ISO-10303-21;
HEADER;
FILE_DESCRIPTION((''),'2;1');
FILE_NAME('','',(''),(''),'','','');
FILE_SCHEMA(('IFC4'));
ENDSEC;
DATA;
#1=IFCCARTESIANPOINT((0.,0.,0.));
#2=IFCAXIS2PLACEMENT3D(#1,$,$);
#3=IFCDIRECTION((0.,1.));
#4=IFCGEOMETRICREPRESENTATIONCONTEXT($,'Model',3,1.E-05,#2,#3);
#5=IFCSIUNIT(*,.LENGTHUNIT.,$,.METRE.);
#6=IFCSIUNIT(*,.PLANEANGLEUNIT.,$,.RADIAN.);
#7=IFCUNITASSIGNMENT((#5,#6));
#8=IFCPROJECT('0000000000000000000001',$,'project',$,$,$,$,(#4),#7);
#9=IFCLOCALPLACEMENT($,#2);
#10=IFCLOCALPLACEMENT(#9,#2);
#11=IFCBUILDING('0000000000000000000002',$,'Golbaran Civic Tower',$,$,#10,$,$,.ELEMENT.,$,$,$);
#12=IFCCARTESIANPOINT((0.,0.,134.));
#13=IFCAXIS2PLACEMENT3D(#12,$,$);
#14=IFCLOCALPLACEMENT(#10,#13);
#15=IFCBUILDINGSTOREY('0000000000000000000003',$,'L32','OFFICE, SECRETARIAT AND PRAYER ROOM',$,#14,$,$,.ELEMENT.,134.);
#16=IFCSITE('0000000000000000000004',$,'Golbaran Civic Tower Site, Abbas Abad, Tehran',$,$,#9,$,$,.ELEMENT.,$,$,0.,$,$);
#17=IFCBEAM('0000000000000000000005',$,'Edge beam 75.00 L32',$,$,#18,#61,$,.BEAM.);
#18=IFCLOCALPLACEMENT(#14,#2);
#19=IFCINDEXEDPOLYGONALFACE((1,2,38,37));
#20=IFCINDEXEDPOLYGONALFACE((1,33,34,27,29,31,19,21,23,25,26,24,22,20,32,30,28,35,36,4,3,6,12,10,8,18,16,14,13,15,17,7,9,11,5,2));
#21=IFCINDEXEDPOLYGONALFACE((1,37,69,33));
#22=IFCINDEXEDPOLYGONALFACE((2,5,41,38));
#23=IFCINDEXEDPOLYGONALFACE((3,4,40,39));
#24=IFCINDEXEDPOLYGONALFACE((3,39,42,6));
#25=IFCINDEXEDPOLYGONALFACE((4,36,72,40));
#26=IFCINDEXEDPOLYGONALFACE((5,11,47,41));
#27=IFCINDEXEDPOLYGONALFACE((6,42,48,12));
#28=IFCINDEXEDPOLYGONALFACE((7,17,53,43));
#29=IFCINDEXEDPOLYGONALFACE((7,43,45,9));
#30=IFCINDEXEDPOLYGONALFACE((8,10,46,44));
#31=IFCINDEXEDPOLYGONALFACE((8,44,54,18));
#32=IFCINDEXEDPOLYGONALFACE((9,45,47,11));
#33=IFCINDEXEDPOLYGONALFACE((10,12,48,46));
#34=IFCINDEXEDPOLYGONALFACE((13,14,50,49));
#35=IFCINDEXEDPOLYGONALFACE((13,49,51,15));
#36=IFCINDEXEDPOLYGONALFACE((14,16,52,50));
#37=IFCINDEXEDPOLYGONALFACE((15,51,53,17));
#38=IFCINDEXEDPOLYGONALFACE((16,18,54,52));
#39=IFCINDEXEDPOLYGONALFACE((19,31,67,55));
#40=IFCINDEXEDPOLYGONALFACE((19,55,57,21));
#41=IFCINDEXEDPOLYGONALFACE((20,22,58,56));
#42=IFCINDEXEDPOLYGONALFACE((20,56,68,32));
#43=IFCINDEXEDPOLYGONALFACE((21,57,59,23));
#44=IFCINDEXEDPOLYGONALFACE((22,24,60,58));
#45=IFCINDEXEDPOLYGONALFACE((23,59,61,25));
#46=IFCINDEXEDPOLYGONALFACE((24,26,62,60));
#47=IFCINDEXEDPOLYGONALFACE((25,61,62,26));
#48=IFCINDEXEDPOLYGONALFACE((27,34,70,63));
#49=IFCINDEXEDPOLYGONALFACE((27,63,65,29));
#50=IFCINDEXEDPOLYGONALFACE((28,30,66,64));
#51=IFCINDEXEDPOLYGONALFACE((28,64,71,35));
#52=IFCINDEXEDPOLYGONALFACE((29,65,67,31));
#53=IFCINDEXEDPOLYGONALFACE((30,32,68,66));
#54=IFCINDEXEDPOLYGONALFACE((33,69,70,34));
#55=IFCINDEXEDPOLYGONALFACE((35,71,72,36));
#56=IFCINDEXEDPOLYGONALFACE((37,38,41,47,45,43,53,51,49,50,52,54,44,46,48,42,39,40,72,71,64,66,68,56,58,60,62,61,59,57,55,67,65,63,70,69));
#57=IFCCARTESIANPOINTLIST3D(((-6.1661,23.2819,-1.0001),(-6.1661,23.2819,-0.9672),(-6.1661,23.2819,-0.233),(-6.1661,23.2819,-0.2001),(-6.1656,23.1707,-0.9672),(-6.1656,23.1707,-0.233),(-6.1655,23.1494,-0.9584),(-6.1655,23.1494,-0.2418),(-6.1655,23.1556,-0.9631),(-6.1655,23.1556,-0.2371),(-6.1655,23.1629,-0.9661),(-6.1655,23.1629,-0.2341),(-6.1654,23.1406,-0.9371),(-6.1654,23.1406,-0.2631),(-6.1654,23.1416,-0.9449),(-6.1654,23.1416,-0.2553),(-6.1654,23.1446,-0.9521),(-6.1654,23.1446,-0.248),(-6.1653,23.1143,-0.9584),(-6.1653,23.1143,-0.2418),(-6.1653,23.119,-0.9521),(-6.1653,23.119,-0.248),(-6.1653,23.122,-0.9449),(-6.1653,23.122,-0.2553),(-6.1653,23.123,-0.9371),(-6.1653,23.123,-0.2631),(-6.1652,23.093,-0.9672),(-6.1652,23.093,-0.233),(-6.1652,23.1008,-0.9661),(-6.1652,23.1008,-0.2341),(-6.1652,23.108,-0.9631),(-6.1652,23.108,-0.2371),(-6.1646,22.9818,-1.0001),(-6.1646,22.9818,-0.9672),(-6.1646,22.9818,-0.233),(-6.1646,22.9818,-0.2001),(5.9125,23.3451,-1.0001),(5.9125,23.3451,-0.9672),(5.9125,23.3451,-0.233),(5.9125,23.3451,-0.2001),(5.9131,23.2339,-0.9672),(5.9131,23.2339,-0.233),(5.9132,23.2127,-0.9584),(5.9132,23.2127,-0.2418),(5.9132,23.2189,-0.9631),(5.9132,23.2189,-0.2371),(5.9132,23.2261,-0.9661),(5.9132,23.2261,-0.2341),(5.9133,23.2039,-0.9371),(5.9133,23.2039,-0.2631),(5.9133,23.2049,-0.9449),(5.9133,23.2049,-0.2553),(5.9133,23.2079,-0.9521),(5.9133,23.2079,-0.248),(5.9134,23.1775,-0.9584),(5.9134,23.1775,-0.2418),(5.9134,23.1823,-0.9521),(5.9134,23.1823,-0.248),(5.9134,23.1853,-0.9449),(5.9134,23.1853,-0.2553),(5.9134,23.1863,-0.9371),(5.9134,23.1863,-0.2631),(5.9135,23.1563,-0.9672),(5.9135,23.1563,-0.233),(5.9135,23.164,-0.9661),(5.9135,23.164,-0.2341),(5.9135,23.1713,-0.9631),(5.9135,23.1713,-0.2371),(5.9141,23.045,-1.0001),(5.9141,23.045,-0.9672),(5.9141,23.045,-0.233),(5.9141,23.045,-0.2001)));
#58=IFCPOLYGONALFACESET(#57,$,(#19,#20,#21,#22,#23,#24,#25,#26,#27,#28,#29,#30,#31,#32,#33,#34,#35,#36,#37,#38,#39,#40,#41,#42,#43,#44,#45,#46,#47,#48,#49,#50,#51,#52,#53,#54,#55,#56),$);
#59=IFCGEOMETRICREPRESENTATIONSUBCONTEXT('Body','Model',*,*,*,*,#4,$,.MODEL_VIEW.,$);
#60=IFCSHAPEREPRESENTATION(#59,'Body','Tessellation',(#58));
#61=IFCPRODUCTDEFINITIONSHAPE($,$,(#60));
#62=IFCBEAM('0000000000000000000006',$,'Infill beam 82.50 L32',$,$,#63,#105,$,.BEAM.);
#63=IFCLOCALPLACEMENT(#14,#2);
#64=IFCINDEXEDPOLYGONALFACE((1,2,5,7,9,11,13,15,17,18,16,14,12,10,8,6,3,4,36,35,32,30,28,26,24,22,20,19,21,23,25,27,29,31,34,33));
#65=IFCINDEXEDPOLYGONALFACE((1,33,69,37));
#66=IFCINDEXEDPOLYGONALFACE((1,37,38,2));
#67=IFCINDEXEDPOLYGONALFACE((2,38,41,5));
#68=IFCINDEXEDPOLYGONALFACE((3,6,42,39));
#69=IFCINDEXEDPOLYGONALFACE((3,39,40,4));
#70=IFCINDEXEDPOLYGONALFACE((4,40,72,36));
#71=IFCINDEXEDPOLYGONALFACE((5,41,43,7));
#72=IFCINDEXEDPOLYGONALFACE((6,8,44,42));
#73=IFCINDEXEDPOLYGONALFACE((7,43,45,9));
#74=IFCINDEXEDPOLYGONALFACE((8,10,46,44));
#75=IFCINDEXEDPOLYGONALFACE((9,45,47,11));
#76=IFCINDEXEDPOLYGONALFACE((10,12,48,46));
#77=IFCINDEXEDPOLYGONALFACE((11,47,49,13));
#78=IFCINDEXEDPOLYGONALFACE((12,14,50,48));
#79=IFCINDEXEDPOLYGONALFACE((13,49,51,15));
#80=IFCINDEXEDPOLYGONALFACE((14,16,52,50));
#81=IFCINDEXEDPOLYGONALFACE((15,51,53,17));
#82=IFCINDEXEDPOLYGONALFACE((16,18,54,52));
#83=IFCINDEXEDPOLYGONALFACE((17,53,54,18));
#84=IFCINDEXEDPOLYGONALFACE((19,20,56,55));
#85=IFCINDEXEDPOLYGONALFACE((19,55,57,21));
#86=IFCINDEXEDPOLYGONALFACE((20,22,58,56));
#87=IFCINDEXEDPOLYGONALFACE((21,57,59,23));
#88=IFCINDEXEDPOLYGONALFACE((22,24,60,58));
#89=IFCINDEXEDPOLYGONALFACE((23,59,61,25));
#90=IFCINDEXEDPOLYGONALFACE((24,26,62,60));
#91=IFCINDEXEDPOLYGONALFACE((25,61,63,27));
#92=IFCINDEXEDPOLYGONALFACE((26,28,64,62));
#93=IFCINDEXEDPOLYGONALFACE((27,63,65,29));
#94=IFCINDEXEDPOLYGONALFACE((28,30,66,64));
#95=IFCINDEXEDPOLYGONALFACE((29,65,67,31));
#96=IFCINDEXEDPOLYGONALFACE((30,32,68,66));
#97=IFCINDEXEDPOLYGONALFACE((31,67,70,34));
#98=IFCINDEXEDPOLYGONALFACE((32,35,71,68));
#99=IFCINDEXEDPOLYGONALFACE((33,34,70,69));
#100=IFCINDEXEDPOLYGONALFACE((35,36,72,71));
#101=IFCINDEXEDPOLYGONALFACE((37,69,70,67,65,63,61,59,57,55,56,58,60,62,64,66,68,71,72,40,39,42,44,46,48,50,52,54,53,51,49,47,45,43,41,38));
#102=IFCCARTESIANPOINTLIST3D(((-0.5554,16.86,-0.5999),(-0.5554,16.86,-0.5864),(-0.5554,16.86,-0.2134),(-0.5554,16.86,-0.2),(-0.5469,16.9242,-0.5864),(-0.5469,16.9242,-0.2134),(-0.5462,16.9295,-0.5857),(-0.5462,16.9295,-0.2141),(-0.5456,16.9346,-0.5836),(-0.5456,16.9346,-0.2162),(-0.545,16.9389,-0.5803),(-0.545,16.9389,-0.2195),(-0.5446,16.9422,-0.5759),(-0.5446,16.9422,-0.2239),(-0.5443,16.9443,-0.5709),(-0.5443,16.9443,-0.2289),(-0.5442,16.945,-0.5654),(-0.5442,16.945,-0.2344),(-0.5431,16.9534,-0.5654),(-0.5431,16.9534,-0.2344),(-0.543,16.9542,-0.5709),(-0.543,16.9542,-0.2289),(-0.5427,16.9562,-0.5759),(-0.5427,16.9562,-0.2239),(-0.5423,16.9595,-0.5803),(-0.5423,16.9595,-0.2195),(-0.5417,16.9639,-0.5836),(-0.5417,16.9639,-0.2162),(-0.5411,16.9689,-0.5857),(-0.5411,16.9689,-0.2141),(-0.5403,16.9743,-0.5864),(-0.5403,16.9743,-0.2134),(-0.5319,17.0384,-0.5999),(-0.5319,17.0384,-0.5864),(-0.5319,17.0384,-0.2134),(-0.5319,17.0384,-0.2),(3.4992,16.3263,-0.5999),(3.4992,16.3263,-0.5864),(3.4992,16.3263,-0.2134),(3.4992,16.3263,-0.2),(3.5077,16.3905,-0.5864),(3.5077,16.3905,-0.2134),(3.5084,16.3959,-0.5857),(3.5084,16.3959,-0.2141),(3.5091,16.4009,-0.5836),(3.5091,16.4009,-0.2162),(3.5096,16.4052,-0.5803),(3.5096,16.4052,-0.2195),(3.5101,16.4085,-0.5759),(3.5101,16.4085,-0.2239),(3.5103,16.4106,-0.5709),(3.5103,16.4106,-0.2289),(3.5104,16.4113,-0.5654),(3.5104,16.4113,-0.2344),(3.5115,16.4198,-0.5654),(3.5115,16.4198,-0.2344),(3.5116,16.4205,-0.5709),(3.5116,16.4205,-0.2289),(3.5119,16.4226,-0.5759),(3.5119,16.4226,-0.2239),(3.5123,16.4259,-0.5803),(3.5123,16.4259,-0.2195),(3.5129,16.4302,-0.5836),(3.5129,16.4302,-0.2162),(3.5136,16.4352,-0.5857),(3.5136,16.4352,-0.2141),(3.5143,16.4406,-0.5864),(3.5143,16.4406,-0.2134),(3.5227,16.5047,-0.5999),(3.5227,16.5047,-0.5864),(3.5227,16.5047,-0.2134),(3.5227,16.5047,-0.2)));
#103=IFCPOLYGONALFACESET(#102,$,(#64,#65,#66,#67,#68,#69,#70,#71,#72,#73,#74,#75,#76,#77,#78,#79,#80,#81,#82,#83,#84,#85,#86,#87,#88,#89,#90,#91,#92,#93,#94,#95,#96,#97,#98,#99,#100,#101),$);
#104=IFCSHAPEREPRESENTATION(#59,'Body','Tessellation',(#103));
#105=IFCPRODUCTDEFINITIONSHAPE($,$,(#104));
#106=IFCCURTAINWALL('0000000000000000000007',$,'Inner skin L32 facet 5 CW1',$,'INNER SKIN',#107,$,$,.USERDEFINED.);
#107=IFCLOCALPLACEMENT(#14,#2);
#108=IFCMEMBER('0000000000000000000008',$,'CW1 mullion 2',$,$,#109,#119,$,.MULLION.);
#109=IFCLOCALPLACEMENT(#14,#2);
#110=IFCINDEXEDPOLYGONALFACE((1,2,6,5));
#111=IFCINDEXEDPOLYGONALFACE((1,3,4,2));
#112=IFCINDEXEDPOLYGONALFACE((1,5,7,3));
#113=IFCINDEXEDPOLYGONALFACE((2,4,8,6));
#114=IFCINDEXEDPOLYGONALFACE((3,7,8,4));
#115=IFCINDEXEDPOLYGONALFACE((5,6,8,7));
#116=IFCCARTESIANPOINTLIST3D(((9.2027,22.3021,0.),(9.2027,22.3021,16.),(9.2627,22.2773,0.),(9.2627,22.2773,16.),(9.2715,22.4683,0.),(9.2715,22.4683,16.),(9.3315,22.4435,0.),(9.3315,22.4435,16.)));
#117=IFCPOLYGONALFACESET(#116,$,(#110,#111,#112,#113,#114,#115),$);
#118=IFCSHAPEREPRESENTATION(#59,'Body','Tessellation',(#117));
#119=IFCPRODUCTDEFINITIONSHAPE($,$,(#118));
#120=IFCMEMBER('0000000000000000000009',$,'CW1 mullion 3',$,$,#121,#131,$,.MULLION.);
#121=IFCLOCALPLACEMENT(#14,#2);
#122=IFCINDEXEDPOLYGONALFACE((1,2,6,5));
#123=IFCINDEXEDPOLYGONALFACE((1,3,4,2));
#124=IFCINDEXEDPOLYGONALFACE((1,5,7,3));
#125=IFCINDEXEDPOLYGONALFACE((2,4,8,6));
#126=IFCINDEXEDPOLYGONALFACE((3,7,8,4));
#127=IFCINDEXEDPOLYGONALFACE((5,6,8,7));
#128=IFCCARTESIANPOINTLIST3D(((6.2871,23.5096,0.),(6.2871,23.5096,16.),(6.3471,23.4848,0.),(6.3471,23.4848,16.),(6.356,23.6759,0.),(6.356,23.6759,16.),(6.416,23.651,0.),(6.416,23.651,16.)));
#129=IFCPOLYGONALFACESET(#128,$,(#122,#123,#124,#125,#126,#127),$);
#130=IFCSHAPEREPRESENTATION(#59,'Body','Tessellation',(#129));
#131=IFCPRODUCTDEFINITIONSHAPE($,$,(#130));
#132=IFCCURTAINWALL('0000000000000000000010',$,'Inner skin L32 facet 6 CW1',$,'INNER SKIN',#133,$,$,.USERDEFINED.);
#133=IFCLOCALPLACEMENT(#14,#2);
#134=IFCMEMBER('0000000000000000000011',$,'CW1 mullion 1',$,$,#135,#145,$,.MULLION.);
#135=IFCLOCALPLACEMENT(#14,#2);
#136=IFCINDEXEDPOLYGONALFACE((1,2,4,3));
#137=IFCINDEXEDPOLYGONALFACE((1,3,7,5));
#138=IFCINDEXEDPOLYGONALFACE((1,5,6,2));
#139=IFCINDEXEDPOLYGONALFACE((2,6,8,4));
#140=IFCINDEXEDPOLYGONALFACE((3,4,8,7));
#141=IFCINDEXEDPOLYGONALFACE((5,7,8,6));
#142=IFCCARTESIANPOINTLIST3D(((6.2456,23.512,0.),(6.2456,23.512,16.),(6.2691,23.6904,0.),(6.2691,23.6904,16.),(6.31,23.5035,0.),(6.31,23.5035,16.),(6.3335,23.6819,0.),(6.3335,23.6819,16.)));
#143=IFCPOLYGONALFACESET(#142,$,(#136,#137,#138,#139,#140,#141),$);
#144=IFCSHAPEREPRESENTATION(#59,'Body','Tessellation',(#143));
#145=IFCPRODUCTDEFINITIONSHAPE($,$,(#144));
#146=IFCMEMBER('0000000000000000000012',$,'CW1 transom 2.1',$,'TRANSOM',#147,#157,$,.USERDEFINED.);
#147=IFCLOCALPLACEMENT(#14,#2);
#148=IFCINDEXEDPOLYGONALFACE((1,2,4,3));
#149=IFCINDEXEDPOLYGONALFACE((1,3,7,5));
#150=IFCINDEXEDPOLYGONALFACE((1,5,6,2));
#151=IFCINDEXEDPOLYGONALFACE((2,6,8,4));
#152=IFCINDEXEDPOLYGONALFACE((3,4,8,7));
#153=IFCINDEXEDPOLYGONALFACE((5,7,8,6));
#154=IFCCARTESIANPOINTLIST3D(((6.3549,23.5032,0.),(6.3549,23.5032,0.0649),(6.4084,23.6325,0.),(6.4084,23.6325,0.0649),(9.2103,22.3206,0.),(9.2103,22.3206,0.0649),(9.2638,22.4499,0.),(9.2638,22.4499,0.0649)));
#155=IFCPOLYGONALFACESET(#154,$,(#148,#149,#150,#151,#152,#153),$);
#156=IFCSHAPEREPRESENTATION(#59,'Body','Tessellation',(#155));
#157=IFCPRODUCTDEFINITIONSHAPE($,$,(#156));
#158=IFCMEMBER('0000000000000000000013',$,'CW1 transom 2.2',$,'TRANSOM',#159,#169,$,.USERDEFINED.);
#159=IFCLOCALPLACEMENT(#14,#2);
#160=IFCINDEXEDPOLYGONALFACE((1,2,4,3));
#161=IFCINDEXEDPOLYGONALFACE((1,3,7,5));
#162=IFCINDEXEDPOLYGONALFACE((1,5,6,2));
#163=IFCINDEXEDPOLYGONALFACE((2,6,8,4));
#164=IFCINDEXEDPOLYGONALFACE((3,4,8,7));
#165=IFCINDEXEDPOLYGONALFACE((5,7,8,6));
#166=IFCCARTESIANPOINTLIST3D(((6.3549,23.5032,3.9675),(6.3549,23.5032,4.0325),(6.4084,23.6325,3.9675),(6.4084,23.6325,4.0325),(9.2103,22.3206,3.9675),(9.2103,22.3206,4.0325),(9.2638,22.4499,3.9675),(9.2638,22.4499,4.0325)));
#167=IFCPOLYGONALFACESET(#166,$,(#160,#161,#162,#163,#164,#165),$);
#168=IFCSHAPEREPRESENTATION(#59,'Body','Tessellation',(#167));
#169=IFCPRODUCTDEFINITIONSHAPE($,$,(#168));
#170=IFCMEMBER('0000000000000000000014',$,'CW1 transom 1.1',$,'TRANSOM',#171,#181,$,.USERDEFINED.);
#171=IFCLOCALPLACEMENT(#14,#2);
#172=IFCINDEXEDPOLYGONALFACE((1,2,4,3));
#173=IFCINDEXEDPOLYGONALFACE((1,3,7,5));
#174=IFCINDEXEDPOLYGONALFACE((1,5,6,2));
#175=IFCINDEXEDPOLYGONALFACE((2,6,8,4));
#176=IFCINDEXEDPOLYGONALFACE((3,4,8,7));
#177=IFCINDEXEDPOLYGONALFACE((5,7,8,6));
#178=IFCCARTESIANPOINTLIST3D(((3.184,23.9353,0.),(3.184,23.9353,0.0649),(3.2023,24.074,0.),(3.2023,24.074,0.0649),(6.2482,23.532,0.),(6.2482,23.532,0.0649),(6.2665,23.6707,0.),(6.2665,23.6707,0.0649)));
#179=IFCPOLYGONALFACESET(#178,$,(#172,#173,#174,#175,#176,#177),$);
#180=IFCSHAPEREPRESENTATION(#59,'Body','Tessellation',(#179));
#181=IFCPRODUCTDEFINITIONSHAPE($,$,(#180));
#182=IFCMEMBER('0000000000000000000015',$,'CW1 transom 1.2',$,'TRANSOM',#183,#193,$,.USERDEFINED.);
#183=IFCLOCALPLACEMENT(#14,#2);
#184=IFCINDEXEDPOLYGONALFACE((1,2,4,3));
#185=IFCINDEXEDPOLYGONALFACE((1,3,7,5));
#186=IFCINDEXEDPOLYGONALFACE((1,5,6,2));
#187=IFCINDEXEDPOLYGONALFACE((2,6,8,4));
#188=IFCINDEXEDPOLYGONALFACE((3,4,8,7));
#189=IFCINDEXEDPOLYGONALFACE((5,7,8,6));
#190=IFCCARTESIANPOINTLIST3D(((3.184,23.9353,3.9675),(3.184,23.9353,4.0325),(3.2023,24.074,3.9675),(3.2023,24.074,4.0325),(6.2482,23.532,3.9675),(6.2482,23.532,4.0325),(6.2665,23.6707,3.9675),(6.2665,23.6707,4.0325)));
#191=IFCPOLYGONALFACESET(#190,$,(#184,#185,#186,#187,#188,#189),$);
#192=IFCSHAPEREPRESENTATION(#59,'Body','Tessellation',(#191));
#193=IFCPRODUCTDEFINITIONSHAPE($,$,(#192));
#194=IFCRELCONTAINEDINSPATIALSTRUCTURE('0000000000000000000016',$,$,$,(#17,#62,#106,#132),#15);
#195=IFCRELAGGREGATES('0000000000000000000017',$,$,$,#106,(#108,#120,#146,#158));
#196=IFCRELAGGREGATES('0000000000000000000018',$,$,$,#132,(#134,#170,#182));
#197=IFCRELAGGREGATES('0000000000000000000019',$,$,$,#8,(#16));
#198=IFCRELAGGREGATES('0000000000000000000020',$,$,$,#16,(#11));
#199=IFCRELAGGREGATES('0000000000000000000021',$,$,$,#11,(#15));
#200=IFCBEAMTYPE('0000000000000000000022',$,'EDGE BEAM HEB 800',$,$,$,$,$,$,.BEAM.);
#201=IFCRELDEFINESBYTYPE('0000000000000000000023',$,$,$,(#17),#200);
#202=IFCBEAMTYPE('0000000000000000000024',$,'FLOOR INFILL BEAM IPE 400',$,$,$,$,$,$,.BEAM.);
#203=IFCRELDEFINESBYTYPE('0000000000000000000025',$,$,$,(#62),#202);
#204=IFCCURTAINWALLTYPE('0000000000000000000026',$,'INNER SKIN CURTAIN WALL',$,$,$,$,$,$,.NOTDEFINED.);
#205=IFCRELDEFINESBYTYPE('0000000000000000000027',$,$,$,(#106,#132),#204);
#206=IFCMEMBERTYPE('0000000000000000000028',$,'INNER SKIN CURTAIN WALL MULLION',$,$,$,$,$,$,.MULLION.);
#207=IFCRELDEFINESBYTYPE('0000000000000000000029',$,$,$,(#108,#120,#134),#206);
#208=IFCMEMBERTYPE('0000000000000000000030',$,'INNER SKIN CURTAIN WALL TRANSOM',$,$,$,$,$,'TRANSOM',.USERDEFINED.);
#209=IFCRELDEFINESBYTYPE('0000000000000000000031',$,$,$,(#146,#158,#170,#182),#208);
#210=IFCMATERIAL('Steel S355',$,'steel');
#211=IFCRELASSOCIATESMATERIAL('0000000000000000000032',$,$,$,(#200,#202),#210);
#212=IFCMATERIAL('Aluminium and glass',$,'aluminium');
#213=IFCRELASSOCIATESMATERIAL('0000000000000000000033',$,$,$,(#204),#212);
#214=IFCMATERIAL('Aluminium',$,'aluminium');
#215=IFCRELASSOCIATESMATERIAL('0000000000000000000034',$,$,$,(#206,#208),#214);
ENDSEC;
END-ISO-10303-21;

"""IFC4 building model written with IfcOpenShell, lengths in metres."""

from ifc_helpers import new_model, si_unit, direction, frame, origin, origin_2d, place, context, subcontext, project, spatial, rectangle, i_section, extrude, material, material_profile, profile_set, type_object, element, aggregate, save


model = new_model("IFC4")

# Units and contexts
model_context = context("Model", 3, precision=1e-05, world=origin(), true_north=direction((0.0, 1.0)))
body_context = subcontext(model_context, "Body", "Model", "MODEL_VIEW")
ifc_project = project(units=[si_unit("LENGTHUNIT", "METRE"), si_unit("PLANEANGLEUNIT", "RADIAN")], contexts=[model_context])

# Site, building, storey
site_placement = place(None, origin())
site = spatial("IfcSite", under=ifc_project, at=site_placement, Name="Golbaran Civic Tower Site, Abbas Abad, Tehran", CompositionType="ELEMENT", RefElevation=0.0)
building_placement = place(site_placement, origin())
building = spatial("IfcBuilding", under=site, at=building_placement, Name="Golbaran Civic Tower", CompositionType="ELEMENT")
storey_placement = place(building_placement, frame((0.0, 0.0, 134.0)))
storey = spatial("IfcBuildingStorey", under=building, at=storey_placement, Name="L32", Description="OFFICE, SECRETARIAT AND PRAYER ROOM", CompositionType="ELEMENT", Elevation=134.0)

# Beams
ifc_material_1 = material(Name="Steel S355", Category="steel")
ifc_material_profile_1 = material_profile(ifc_material_1, i_section(OverallWidth=0.3, OverallDepth=0.8, WebThickness=0.0176, FlangeThickness=0.033, FilletRadius=0.03, at=origin_2d()), Name="HEB 800")
ifc_profile_set_1 = profile_set([ifc_material_profile_1], Name="Steel S355")
beam_type_1 = type_object("IfcBeamType", Name="EDGE BEAM HEB 800", PredefinedType="BEAM", material=ifc_profile_set_1)
beam_1_placement = place(storey_placement, frame((5.9133, 23.1951, -0.6001), z_axis=(-0.999986, -0.005235, 0.0), x_axis=(0.005235, -0.999986, 0.0)))
element("IfcBeam", 1, at=beam_1_placement, inside=storey, type_object=beam_type_1, Name="Edge beam 75.00 L32", PredefinedType="BEAM", context=body_context, shape_type="SweptSolid", body=[
    extrude(i_section(OverallWidth=0.3, OverallDepth=0.8, WebThickness=0.0176, FlangeThickness=0.033, FilletRadius=0.03, at=origin_2d()), origin(), (0.0, 0.0, 1.0), 12.0789),
])
ifc_material_profile_2 = material_profile(ifc_material_1, i_section(OverallWidth=0.1799, OverallDepth=0.3999, WebThickness=0.0085, FlangeThickness=0.0134, FilletRadius=0.021, at=origin_2d()), Name="IPE 400")
ifc_profile_set_2 = profile_set([ifc_material_profile_2], Name="Steel S355")
beam_type_2 = type_object("IfcBeamType", Name="FLOOR INFILL BEAM IPE 400", PredefinedType="BEAM", material=ifc_profile_set_2)
beam_2_placement = place(storey_placement, frame((3.511, 16.4155, -0.3999), z_axis=(-0.991449, 0.130498, 0.0), x_axis=(-0.130498, -0.991449, 0.0)))
element("IfcBeam", 2, at=beam_2_placement, inside=storey, type_object=beam_type_2, Name="Infill beam 82.50 L32", PredefinedType="BEAM", context=body_context, shape_type="SweptSolid", body=[
    extrude(i_section(OverallWidth=0.1799, OverallDepth=0.3999, WebThickness=0.0085, FlangeThickness=0.0134, FilletRadius=0.021, at=origin_2d()), origin(), (0.0, 0.0, 1.0), 4.0896),
])

# Curtain wall, members
ifc_material_2 = material(Name="Aluminium and glass", Category="aluminium")
curtain_wall_type = type_object("IfcCurtainWallType", Name="INNER SKIN CURTAIN WALL", PredefinedType="NOTDEFINED", material=ifc_material_2)
curtain_wall_1_placement = place(storey_placement, origin())
curtain_wall_1 = element("IfcCurtainWall", 3, at=curtain_wall_1_placement, inside=storey, type_object=curtain_wall_type, Name="Inner skin L32 facet 5 CW1", ObjectType="INNER SKIN", PredefinedType="USERDEFINED")
ifc_material_3 = material(Name="Aluminium", Category="aluminium")
ifc_material_profile_3 = material_profile(ifc_material_3, rectangle(XDim=0.1799, YDim=0.0649, at=origin_2d()), Name="INNER SKIN CURTAIN WALL MULLION")
ifc_profile_set_3 = profile_set([ifc_material_profile_3], Name="Aluminium")
member_type_1 = type_object("IfcMemberType", Name="INNER SKIN CURTAIN WALL MULLION", PredefinedType="MULLION", material=ifc_profile_set_3)
member_1_placement = place(storey_placement, frame((9.2671, 22.3728, 0.0), z_axis=(0.0, 0.0, 1.0), x_axis=(-0.382683, -0.92388, 0.0)))
member_1 = element("IfcMember", 4, at=member_1_placement, type_object=member_type_1, Name="CW1 mullion 2", PredefinedType="MULLION", context=body_context, shape_type="SweptSolid", body=[
    extrude(rectangle(XDim=0.1799, YDim=0.0649, at=origin_2d()), origin(), (0.0, 0.0, 1.0), 16.0),
])
member_2_placement = place(storey_placement, frame((6.3516, 23.5803, 0.0), z_axis=(0.0, 0.0, 1.0), x_axis=(-0.382683, -0.92388, 0.0)))
member_2 = element("IfcMember", 5, at=member_2_placement, type_object=member_type_1, Name="CW1 mullion 3", PredefinedType="MULLION", context=body_context, shape_type="SweptSolid", body=[
    extrude(rectangle(XDim=0.1799, YDim=0.0649, at=origin_2d()), origin(), (0.0, 0.0, 1.0), 16.0),
])

# Curtain wall, member
curtain_wall_2_placement = place(storey_placement, origin())
curtain_wall_2 = element("IfcCurtainWall", 6, at=curtain_wall_2_placement, inside=storey, type_object=curtain_wall_type, Name="Inner skin L32 facet 6 CW1", ObjectType="INNER SKIN", PredefinedType="USERDEFINED")
member_3_placement = place(storey_placement, frame((6.2896, 23.5969, 0.0), z_axis=(0.0, 0.0, 1.0), x_axis=(-0.130526, -0.991445, 0.0)))
member_3 = element("IfcMember", 7, at=member_3_placement, type_object=member_type_1, Name="CW1 mullion 1", PredefinedType="MULLION", context=body_context, shape_type="SweptSolid", body=[
    extrude(rectangle(XDim=0.1799, YDim=0.0649, at=origin_2d()), origin(), (0.0, 0.0, 1.0), 16.0),
])

# Members
ifc_material_profile_4 = material_profile(ifc_material_3, rectangle(XDim=0.1399, YDim=0.0649, at=origin_2d()), Name="INNER SKIN CURTAIN WALL TRANSOM")
ifc_profile_set_4 = profile_set([ifc_material_profile_4], Name="Aluminium")
member_type_2 = type_object("IfcMemberType", Name="INNER SKIN CURTAIN WALL TRANSOM", ElementType="TRANSOM", PredefinedType="USERDEFINED", material=ifc_profile_set_4)
member_4_placement = place(storey_placement, frame((9.2371, 22.3853, 0.0325), z_axis=(-0.923897, 0.38264, 0.0), x_axis=(-0.38264, -0.923897, 0.0)))
member_4 = element("IfcMember", 8, at=member_4_placement, type_object=member_type_2, Name="CW1 transom 2.1", ObjectType="TRANSOM", PredefinedType="USERDEFINED", context=body_context, shape_type="SweptSolid", body=[
    extrude(rectangle(XDim=0.1399, YDim=0.0649, at=origin_2d()), origin(), (0.0, 0.0, 1.0), 3.0906),
])
member_5_placement = place(storey_placement, frame((9.2371, 22.3853, 4.0), z_axis=(-0.923897, 0.38264, 0.0), x_axis=(-0.38264, -0.923897, 0.0)))
member_5 = element("IfcMember", 9, at=member_5_placement, type_object=member_type_2, Name="CW1 transom 2.2", ObjectType="TRANSOM", PredefinedType="USERDEFINED", context=body_context, shape_type="SweptSolid", body=[
    extrude(rectangle(XDim=0.1399, YDim=0.0649, at=origin_2d()), origin(), (0.0, 0.0, 1.0), 3.0906),
])
member_6_placement = place(storey_placement, frame((6.2573, 23.6013, 0.0325), z_axis=(-0.991449, 0.130497, 0.0), x_axis=(-0.130497, -0.991449, 0.0)))
member_6 = element("IfcMember", 10, at=member_6_placement, type_object=member_type_2, Name="CW1 transom 1.1", ObjectType="TRANSOM", PredefinedType="USERDEFINED", context=body_context, shape_type="SweptSolid", body=[
    extrude(rectangle(XDim=0.1399, YDim=0.0649, at=origin_2d()), origin(), (0.0, 0.0, 1.0), 3.0906),
])
member_7_placement = place(storey_placement, frame((6.2573, 23.6013, 4.0), z_axis=(-0.991449, 0.130497, 0.0), x_axis=(-0.130497, -0.991449, 0.0)))
member_7 = element("IfcMember", 11, at=member_7_placement, type_object=member_type_2, Name="CW1 transom 1.2", ObjectType="TRANSOM", PredefinedType="USERDEFINED", context=body_context, shape_type="SweptSolid", body=[
    extrude(rectangle(XDim=0.1399, YDim=0.0649, at=origin_2d()), origin(), (0.0, 0.0, 1.0), 3.0906),
])

aggregate(curtain_wall_1, [member_1, member_2, member_4, member_5])
aggregate(curtain_wall_2, [member_3, member_6, member_7])

save(model, "model.ifc")
